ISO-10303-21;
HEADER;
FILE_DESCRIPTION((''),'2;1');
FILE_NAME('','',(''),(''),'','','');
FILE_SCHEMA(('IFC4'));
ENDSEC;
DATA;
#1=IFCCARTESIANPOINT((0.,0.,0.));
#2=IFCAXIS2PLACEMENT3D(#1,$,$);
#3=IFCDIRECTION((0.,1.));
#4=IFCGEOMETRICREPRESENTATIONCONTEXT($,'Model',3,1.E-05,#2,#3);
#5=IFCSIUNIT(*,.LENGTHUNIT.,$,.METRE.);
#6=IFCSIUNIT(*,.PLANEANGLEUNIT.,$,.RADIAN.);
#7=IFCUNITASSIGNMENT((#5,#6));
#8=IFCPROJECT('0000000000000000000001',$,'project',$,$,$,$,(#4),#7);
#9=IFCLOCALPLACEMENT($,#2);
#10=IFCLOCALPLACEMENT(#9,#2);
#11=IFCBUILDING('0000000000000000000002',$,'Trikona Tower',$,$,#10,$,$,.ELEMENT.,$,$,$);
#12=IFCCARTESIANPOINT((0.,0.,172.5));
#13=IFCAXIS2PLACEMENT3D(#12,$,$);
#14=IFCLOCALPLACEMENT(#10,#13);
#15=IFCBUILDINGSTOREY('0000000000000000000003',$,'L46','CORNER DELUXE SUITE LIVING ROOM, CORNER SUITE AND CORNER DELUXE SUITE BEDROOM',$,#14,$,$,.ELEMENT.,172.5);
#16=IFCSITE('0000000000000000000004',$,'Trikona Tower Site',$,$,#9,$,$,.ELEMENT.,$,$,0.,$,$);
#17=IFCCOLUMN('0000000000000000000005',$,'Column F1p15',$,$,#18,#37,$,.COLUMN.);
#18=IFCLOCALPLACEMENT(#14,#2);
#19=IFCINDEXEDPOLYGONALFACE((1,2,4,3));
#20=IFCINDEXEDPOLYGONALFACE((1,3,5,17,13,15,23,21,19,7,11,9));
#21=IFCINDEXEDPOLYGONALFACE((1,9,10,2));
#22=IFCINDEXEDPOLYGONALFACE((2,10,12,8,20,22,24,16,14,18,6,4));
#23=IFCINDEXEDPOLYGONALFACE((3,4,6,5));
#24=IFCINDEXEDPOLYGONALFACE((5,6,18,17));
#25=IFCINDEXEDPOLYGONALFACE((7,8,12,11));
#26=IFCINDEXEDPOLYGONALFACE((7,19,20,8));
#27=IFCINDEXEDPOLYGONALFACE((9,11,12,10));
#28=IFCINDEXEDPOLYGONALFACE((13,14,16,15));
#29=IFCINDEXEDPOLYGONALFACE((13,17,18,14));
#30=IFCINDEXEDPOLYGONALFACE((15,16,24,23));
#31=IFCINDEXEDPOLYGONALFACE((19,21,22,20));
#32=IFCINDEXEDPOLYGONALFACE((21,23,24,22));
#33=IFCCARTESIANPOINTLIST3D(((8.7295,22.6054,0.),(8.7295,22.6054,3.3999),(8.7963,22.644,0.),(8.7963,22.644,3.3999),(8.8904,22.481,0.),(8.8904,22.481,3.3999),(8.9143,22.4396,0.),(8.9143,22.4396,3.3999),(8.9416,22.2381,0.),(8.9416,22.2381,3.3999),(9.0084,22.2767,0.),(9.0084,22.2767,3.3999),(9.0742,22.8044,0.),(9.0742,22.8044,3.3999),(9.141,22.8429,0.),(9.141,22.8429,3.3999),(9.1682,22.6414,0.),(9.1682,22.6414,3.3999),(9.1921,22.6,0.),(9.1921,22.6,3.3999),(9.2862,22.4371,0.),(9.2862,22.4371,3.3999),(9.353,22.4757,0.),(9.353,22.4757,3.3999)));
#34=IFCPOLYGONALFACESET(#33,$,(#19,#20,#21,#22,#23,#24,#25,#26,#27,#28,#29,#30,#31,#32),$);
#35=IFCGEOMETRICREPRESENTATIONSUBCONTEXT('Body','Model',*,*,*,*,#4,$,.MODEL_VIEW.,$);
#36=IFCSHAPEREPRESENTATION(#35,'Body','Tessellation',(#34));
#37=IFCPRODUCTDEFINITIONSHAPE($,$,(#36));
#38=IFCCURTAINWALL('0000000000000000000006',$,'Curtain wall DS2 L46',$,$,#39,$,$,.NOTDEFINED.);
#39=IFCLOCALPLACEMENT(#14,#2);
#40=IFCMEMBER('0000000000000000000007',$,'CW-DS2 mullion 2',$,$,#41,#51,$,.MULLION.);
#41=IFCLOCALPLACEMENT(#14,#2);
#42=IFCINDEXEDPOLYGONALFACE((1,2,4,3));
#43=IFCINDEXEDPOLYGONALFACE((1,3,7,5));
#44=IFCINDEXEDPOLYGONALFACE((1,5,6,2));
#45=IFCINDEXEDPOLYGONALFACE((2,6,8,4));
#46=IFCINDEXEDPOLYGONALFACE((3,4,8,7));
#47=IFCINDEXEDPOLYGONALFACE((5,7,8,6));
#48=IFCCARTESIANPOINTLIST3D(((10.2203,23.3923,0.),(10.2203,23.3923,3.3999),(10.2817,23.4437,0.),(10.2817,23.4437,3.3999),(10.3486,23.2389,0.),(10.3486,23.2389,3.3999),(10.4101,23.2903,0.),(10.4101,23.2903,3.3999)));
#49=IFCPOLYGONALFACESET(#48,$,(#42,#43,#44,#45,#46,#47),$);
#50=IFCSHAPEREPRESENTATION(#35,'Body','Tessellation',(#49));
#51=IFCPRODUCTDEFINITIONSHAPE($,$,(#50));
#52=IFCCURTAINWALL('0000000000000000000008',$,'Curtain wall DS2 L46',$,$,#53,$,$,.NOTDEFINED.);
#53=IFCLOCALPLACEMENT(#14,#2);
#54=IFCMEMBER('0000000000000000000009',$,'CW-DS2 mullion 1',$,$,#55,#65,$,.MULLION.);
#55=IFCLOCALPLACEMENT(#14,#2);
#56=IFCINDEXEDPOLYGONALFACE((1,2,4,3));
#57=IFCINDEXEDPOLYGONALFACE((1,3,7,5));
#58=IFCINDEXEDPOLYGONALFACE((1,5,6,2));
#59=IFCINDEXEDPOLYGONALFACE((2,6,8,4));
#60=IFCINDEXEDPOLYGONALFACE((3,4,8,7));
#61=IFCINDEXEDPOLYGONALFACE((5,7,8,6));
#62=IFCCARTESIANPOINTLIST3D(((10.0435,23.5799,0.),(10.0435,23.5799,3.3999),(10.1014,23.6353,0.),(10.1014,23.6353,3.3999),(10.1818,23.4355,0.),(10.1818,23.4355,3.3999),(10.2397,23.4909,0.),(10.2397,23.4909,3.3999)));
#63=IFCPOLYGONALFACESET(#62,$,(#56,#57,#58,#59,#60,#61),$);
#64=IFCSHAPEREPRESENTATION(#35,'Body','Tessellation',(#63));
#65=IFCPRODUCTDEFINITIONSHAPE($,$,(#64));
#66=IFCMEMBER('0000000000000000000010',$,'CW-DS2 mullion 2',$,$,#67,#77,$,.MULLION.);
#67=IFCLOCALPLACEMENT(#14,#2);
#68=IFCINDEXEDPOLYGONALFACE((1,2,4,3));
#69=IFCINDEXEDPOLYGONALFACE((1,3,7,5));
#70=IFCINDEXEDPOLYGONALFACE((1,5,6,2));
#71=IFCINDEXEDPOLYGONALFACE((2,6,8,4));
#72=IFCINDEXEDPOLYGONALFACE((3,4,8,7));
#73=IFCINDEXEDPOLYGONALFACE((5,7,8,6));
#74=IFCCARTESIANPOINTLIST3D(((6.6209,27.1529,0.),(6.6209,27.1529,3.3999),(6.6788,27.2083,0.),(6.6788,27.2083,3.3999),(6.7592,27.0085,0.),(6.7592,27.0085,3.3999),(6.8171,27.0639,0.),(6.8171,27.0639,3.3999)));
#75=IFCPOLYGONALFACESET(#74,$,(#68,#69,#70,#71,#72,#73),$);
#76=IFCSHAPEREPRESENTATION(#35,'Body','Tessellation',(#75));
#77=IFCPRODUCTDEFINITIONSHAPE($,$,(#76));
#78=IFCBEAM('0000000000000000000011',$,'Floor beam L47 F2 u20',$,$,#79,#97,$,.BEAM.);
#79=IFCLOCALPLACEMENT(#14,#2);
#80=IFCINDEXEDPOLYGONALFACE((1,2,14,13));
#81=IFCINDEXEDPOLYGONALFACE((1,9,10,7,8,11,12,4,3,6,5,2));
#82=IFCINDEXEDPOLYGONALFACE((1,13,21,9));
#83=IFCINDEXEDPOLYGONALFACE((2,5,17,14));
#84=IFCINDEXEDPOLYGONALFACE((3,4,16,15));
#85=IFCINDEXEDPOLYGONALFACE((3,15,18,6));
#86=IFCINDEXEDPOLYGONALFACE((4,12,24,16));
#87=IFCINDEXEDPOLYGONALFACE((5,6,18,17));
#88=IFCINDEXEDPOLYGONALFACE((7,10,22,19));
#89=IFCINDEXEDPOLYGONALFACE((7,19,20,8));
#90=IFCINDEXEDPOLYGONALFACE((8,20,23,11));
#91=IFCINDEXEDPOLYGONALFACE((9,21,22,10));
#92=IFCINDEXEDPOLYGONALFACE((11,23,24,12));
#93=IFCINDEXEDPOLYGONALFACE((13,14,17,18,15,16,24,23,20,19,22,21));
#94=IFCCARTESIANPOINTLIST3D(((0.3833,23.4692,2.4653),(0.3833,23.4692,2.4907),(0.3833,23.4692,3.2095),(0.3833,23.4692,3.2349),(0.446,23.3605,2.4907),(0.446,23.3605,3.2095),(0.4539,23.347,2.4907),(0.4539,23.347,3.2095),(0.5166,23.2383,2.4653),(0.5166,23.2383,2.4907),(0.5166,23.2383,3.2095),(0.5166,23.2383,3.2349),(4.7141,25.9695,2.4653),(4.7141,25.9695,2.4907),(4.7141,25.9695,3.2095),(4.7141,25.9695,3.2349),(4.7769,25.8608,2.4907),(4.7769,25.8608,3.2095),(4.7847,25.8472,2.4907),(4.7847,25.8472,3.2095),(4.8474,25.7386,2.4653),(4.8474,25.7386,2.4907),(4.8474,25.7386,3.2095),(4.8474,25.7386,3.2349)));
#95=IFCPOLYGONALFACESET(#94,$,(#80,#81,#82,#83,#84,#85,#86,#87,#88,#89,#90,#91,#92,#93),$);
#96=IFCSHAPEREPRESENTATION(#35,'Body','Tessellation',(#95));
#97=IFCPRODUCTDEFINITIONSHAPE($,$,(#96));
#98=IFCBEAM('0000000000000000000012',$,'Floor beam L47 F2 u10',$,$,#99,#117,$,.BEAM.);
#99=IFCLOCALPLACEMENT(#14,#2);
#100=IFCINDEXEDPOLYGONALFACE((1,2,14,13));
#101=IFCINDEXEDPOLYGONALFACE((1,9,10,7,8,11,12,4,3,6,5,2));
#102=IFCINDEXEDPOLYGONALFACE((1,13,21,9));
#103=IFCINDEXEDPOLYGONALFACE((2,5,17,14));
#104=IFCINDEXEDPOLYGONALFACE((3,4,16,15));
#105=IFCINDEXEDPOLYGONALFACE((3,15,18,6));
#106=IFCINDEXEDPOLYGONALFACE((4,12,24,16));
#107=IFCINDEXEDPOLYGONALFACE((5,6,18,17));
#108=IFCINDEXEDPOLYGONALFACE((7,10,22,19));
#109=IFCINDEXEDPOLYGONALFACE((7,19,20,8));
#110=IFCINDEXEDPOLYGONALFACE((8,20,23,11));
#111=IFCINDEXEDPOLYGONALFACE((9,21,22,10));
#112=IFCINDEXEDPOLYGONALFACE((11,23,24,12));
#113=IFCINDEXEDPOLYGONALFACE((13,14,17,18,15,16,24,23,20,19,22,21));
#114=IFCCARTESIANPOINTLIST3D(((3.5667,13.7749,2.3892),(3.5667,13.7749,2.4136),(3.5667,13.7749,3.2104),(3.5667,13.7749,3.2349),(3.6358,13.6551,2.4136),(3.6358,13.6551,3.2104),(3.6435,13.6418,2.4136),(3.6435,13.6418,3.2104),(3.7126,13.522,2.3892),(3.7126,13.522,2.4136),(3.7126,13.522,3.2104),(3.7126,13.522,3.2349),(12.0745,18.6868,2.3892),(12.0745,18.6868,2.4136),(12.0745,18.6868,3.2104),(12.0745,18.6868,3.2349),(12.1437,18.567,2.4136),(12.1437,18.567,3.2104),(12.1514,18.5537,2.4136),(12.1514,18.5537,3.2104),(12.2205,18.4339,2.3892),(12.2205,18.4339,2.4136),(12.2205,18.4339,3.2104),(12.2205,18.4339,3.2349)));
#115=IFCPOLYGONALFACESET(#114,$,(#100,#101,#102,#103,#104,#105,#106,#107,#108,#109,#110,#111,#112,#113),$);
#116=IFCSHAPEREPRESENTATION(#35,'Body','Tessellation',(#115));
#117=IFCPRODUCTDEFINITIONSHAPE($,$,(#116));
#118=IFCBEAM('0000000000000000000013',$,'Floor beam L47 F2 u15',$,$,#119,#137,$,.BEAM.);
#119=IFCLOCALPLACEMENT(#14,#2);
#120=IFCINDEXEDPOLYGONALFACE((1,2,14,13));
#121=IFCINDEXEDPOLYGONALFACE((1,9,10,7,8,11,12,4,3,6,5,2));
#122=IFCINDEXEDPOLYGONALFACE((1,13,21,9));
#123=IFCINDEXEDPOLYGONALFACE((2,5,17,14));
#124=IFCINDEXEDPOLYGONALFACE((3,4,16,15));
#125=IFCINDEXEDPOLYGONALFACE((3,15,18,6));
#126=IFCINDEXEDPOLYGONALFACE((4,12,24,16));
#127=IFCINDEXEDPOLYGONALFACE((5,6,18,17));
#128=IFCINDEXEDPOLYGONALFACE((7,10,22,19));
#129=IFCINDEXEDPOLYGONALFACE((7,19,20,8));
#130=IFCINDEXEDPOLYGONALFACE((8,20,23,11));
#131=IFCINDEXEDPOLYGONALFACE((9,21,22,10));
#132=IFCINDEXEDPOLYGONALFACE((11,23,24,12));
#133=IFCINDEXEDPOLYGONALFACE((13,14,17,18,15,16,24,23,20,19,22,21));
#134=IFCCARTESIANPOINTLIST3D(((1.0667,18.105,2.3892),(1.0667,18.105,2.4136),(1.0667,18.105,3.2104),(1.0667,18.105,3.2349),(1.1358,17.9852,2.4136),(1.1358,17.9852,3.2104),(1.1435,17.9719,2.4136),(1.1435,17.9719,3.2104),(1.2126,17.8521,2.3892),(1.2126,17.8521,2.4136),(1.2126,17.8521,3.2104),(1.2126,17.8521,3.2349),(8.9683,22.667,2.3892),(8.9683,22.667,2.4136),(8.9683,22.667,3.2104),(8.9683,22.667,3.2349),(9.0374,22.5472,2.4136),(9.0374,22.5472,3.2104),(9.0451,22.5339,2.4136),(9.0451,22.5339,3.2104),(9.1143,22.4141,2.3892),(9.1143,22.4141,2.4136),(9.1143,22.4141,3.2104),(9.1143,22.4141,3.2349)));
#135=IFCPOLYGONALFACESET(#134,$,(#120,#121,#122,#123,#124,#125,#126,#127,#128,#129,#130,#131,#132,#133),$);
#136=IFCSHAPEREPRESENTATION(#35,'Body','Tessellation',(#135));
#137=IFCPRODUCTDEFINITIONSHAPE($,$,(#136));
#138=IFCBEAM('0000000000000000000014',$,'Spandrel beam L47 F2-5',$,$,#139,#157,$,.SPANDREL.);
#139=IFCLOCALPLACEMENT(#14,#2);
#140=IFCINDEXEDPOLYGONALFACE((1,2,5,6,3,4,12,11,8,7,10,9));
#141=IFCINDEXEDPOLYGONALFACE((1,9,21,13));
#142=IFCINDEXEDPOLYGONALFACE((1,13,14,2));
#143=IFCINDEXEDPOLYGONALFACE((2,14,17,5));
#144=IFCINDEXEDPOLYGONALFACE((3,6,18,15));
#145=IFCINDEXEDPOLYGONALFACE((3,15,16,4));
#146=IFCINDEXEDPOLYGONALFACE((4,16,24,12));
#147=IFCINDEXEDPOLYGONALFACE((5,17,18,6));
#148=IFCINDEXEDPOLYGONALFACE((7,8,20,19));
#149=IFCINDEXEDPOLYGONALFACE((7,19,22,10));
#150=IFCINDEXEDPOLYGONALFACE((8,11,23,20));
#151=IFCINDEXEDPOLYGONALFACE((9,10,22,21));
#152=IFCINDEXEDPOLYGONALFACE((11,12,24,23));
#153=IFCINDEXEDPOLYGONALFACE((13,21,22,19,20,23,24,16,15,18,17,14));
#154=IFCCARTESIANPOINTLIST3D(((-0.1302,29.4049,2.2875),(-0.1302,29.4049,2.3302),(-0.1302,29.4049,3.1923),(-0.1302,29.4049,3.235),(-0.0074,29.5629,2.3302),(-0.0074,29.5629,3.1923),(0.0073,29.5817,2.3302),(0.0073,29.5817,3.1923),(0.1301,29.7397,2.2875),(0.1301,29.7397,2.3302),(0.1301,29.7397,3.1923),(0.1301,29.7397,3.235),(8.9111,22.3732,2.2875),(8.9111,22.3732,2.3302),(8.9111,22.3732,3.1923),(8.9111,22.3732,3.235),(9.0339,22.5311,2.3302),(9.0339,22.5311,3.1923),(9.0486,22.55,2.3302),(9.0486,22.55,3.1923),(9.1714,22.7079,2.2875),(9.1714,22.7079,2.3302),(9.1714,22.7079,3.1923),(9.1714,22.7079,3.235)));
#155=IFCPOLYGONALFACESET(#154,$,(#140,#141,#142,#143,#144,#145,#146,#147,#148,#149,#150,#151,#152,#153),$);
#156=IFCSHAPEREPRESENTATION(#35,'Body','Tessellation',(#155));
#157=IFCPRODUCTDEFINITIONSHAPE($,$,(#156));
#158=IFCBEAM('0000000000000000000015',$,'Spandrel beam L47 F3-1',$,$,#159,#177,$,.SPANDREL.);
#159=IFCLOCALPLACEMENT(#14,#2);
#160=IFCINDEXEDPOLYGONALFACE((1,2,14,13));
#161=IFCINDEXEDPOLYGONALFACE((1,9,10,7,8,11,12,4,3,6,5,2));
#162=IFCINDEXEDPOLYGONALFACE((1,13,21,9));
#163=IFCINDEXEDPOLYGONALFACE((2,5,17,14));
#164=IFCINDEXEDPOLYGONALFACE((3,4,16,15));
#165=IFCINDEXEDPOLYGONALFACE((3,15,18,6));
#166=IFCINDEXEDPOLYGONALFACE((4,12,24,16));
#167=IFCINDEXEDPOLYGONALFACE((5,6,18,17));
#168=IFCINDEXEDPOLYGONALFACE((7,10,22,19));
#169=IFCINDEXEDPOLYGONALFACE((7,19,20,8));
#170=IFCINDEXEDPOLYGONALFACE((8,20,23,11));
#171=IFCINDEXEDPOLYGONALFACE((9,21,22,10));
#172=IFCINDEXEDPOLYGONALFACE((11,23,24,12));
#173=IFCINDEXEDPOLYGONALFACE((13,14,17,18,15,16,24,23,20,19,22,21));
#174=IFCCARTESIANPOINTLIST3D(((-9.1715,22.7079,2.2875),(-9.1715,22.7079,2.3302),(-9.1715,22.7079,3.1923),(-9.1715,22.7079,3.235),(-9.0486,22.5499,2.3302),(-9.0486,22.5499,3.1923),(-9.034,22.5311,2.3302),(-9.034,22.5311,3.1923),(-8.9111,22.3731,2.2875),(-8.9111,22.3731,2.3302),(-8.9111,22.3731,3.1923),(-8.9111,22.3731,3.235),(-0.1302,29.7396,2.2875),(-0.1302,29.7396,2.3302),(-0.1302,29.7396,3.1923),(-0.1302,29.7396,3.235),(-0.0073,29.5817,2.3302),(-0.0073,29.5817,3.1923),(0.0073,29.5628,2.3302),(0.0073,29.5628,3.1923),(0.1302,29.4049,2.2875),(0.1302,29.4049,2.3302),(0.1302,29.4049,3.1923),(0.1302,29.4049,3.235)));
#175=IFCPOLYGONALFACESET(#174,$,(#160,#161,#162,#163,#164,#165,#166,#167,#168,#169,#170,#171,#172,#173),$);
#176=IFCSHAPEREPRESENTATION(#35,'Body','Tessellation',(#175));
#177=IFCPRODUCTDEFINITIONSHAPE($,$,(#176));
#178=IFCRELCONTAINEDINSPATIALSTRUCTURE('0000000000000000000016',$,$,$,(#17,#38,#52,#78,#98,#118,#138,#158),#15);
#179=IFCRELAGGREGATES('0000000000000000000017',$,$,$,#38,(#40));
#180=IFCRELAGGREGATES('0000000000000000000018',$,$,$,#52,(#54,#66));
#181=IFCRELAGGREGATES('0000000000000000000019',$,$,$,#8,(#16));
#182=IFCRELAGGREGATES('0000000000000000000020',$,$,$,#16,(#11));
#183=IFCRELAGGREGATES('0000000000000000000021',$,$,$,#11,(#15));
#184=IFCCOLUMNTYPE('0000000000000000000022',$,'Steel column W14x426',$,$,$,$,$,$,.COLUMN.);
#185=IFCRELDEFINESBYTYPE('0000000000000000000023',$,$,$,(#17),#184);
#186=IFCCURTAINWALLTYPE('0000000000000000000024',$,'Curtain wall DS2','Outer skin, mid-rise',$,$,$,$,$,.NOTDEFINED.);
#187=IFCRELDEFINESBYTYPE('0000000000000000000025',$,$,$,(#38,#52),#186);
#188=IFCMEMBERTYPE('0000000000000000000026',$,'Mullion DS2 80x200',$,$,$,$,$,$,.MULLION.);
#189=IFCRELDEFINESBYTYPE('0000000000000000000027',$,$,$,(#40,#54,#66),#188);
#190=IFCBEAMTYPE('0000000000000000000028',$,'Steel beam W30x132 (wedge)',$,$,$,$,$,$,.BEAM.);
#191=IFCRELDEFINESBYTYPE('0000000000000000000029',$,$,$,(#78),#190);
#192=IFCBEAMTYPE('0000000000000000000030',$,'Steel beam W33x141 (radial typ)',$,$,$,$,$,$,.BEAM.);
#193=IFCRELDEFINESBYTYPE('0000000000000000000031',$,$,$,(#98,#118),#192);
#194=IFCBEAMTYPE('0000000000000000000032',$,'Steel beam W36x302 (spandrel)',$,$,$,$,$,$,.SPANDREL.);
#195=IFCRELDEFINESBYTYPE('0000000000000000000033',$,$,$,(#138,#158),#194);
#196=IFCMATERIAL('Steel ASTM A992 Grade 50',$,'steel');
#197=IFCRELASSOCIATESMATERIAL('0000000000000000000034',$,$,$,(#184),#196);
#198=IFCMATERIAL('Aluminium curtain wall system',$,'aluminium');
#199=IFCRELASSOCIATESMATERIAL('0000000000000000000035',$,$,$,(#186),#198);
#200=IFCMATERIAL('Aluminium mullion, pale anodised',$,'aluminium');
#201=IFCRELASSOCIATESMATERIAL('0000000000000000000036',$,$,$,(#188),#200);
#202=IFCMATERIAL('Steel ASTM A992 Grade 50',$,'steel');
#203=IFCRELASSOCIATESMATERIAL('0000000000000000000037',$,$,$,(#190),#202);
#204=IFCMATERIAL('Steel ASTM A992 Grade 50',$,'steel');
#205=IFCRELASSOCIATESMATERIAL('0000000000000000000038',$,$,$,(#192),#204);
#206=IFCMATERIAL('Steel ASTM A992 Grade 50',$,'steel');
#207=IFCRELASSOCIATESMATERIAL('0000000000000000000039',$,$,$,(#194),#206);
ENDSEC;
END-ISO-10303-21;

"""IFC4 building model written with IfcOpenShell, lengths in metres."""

from ifc_helpers import new_model, si_unit, direction, frame, origin, origin_2d, place, context, subcontext, project, spatial, rectangle, i_section, extrude, material, material_profile, profile_set, type_object, element, aggregate, save


model = new_model("IFC4")

# Units and contexts
model_context = context("Model", 3, precision=1e-05, world=origin(), true_north=direction((0.0, 1.0)))
body_context = subcontext(model_context, "Body", "Model", "MODEL_VIEW")
ifc_project = project(units=[si_unit("LENGTHUNIT", "METRE"), si_unit("PLANEANGLEUNIT", "RADIAN")], contexts=[model_context])

# Site, building, storey
site_placement = place(None, origin())
site = spatial("IfcSite", under=ifc_project, at=site_placement, Name="Trikona Tower Site", CompositionType="ELEMENT", RefElevation=0.0)
building_placement = place(site_placement, origin())
building = spatial("IfcBuilding", under=site, at=building_placement, Name="Trikona Tower", CompositionType="ELEMENT")
storey_placement = place(building_placement, frame((0.0, 0.0, 172.5)))
storey = spatial("IfcBuildingStorey", under=building, at=storey_placement, Name="L46", Description="CORNER DELUXE SUITE LIVING ROOM, CORNER SUITE AND CORNER DELUXE SUITE BEDROOM", CompositionType="ELEMENT", Elevation=172.5)

# Column
ifc_material_1 = material(Name="Steel ASTM A992 Grade 50", Category="steel")
ifc_material_profile_1 = material_profile(ifc_material_1, i_section(OverallWidth=0.4241, OverallDepth=0.4751, WebThickness=0.0479, FlangeThickness=0.0771, at=origin_2d()), Name="W14X426")
ifc_profile_set_1 = profile_set([ifc_material_profile_1], Name="Steel ASTM A992 Grade 50")
column_type = type_object("IfcColumnType", Name="Steel column W14x426", PredefinedType="COLUMN", material=ifc_profile_set_1)
column_placement = place(storey_placement, frame((9.0413, 22.5405, 0.0), z_axis=(0.0, 0.0, 1.0), x_axis=(-0.5, 0.866025, 0.0)))
element("IfcColumn", 1, at=column_placement, inside=storey, type_object=column_type, Name="Column F1p15", PredefinedType="COLUMN", context=body_context, shape_type="SweptSolid", body=[
    extrude(i_section(OverallWidth=0.4241, OverallDepth=0.4751, WebThickness=0.0479, FlangeThickness=0.0771, at=origin_2d()), origin(), (0.0, 0.0, 1.0), 3.3999),
])

# Curtain wall, member
ifc_material_2 = material(Name="Aluminium curtain wall system", Category="aluminium")
curtain_wall_type = type_object("IfcCurtainWallType", Name="Curtain wall DS2", Description="Outer skin, mid-rise", PredefinedType="NOTDEFINED", material=ifc_material_2)
curtain_wall_1_placement = place(storey_placement, origin())
curtain_wall_1 = element("IfcCurtainWall", 2, at=curtain_wall_1_placement, inside=storey, type_object=curtain_wall_type, Name="Curtain wall DS2 L46", PredefinedType="NOTDEFINED")
ifc_material_3 = material(Name="Aluminium mullion, pale anodised", Category="aluminium")
ifc_material_profile_2 = material_profile(ifc_material_3, rectangle(XDim=0.0801, YDim=0.2, at=origin_2d()), Name="MUL-DS2")
ifc_profile_set_2 = profile_set([ifc_material_profile_2], Name="Aluminium mullion, pale anodised")
member_type_1 = type_object("IfcMemberType", Name="Mullion DS2 80x200", PredefinedType="MULLION", material=ifc_profile_set_2)
member_1_placement = place(storey_placement, frame((10.3152, 23.3413, 0.0), z_axis=(0.0, 0.0, 1.0), x_axis=(-0.766867, -0.641806, 0.0)))
member_1 = element("IfcMember", 3, at=member_1_placement, type_object=member_type_1, Name="CW-DS2 mullion 2", PredefinedType="MULLION", context=body_context, shape_type="SweptSolid", body=[
    extrude(rectangle(XDim=0.0801, YDim=0.2, at=origin_2d()), origin(), (0.0, 0.0, 1.0), 3.3999),
])
aggregate(curtain_wall_1, [member_1])

# Curtain wall, members
curtain_wall_2_placement = place(storey_placement, origin())
curtain_wall_2 = element("IfcCurtainWall", 4, at=curtain_wall_2_placement, inside=storey, type_object=curtain_wall_type, Name="Curtain wall DS2 L46", PredefinedType="NOTDEFINED")
member_2_placement = place(storey_placement, frame((10.1416, 23.5354, 0.0), z_axis=(0.0, 0.0, 1.0), x_axis=(-0.722158, -0.691728, 0.0)))
member_2 = element("IfcMember", 5, at=member_2_placement, type_object=member_type_1, Name="CW-DS2 mullion 1", PredefinedType="MULLION", context=body_context, shape_type="SweptSolid", body=[
    extrude(rectangle(XDim=0.0801, YDim=0.2, at=origin_2d()), origin(), (0.0, 0.0, 1.0), 3.3999),
])
member_3_placement = place(storey_placement, frame((6.719, 27.1084, 0.0), z_axis=(0.0, 0.0, 1.0), x_axis=(-0.722158, -0.691728, 0.0)))
member_3 = element("IfcMember", 6, at=member_3_placement, type_object=member_type_1, Name="CW-DS2 mullion 2", PredefinedType="MULLION", context=body_context, shape_type="SweptSolid", body=[
    extrude(rectangle(XDim=0.0801, YDim=0.2, at=origin_2d()), origin(), (0.0, 0.0, 1.0), 3.3999),
])

# Beams
ifc_material_4 = material(Name="Steel ASTM A992 Grade 50", Category="steel")
ifc_material_profile_3 = material_profile(ifc_material_4, i_section(OverallWidth=0.2666, OverallDepth=0.7695, WebThickness=0.0156, FlangeThickness=0.0254, at=origin_2d()), Name="W30X132")
ifc_profile_set_3 = profile_set([ifc_material_profile_3], Name="Steel ASTM A992 Grade 50")
beam_type_1 = type_object("IfcBeamType", Name="Steel beam W30x132 (wedge)", PredefinedType="BEAM", material=ifc_profile_set_3)
beam_1_placement = place(storey_placement, frame((0.45, 23.3538, 2.8501), z_axis=(0.866038, 0.499977, 0.0), x_axis=(-0.499977, 0.866038, 0.0)))
element("IfcBeam", 7, at=beam_1_placement, inside=storey, type_object=beam_type_1, Name="Floor beam L47 F2 u20", PredefinedType="BEAM", context=body_context, shape_type="SweptSolid", body=[
    extrude(i_section(OverallWidth=0.2666, OverallDepth=0.7695, WebThickness=0.0156, FlangeThickness=0.0254, at=origin_2d()), origin(), (0.0, 0.0, 1.0), 5.0007),
])
ifc_material_5 = material(Name="Steel ASTM A992 Grade 50", Category="steel")
ifc_material_profile_4 = material_profile(ifc_material_5, i_section(OverallWidth=0.292, OverallDepth=0.8457, WebThickness=0.0154, FlangeThickness=0.0244, at=origin_2d()), Name="W33X141")
ifc_profile_set_4 = profile_set([ifc_material_profile_4], Name="Steel ASTM A992 Grade 50")
beam_type_2 = type_object("IfcBeamType", Name="Steel beam W33x141 (radial typ)", PredefinedType="BEAM", material=ifc_profile_set_4)
beam_2_placement = place(storey_placement, frame((3.6396, 13.6484, 2.812), z_axis=(0.866031, 0.499991, 0.0), x_axis=(-0.499991, 0.866031, 0.0)))
element("IfcBeam", 8, at=beam_2_placement, inside=storey, type_object=beam_type_2, Name="Floor beam L47 F2 u10", PredefinedType="BEAM", context=body_context, shape_type="SweptSolid", body=[
    extrude(i_section(OverallWidth=0.292, OverallDepth=0.8457, WebThickness=0.0154, FlangeThickness=0.0244, at=origin_2d()), origin(), (0.0, 0.0, 1.0), 9.824),
])
beam_3_placement = place(storey_placement, frame((1.1396, 17.9785, 2.812), z_axis=(0.866025, 0.500001, 0.0), x_axis=(-0.500001, 0.866025, 0.0)))
element("IfcBeam", 9, at=beam_3_placement, inside=storey, type_object=beam_type_2, Name="Floor beam L47 F2 u15", PredefinedType="BEAM", context=body_context, shape_type="SweptSolid", body=[
    extrude(i_section(OverallWidth=0.292, OverallDepth=0.8457, WebThickness=0.0154, FlangeThickness=0.0244, at=origin_2d()), origin(), (0.0, 0.0, 1.0), 9.124),
])
ifc_material_6 = material(Name="Steel ASTM A992 Grade 50", Category="steel")
ifc_material_profile_5 = material_profile(ifc_material_6, i_section(OverallWidth=0.4241, OverallDepth=0.9475, WebThickness=0.0239, FlangeThickness=0.0427, at=origin_2d()), Name="W36X302")
ifc_profile_set_5 = profile_set([ifc_material_profile_5], Name="Steel ASTM A992 Grade 50")
beam_type_3 = type_object("IfcBeamType", Name="Steel beam W36x302 (spandrel)", PredefinedType="SPANDREL", material=ifc_profile_set_5)
for number, where, z_axis, x_axis, name in (
    (10, (9.0413, 22.5405, 2.7612), (-0.789367, 0.613921, 0.0), (-0.613921, -0.789367, 0.0), "Spandrel beam L47 F2-5"),
    (11, (0.0, 29.5723, 2.7612), (-0.789367, -0.613921, 0.0), (0.613921, -0.789367, 0.0), "Spandrel beam L47 F3-1"),
):
    element("IfcBeam", number, at=place(storey_placement, frame(where, z_axis=z_axis, x_axis=x_axis)), inside=storey, type_object=beam_type_3, Name=name, PredefinedType="SPANDREL", context=body_context, shape_type="SweptSolid", body=[
        extrude(i_section(OverallWidth=0.4241, OverallDepth=0.9475, WebThickness=0.0239, FlangeThickness=0.0427, at=origin_2d()), origin(), (0.0, 0.0, 1.0), 11.4539),
    ])

aggregate(curtain_wall_2, [member_2, member_3])

save(model, "model.ifc")
